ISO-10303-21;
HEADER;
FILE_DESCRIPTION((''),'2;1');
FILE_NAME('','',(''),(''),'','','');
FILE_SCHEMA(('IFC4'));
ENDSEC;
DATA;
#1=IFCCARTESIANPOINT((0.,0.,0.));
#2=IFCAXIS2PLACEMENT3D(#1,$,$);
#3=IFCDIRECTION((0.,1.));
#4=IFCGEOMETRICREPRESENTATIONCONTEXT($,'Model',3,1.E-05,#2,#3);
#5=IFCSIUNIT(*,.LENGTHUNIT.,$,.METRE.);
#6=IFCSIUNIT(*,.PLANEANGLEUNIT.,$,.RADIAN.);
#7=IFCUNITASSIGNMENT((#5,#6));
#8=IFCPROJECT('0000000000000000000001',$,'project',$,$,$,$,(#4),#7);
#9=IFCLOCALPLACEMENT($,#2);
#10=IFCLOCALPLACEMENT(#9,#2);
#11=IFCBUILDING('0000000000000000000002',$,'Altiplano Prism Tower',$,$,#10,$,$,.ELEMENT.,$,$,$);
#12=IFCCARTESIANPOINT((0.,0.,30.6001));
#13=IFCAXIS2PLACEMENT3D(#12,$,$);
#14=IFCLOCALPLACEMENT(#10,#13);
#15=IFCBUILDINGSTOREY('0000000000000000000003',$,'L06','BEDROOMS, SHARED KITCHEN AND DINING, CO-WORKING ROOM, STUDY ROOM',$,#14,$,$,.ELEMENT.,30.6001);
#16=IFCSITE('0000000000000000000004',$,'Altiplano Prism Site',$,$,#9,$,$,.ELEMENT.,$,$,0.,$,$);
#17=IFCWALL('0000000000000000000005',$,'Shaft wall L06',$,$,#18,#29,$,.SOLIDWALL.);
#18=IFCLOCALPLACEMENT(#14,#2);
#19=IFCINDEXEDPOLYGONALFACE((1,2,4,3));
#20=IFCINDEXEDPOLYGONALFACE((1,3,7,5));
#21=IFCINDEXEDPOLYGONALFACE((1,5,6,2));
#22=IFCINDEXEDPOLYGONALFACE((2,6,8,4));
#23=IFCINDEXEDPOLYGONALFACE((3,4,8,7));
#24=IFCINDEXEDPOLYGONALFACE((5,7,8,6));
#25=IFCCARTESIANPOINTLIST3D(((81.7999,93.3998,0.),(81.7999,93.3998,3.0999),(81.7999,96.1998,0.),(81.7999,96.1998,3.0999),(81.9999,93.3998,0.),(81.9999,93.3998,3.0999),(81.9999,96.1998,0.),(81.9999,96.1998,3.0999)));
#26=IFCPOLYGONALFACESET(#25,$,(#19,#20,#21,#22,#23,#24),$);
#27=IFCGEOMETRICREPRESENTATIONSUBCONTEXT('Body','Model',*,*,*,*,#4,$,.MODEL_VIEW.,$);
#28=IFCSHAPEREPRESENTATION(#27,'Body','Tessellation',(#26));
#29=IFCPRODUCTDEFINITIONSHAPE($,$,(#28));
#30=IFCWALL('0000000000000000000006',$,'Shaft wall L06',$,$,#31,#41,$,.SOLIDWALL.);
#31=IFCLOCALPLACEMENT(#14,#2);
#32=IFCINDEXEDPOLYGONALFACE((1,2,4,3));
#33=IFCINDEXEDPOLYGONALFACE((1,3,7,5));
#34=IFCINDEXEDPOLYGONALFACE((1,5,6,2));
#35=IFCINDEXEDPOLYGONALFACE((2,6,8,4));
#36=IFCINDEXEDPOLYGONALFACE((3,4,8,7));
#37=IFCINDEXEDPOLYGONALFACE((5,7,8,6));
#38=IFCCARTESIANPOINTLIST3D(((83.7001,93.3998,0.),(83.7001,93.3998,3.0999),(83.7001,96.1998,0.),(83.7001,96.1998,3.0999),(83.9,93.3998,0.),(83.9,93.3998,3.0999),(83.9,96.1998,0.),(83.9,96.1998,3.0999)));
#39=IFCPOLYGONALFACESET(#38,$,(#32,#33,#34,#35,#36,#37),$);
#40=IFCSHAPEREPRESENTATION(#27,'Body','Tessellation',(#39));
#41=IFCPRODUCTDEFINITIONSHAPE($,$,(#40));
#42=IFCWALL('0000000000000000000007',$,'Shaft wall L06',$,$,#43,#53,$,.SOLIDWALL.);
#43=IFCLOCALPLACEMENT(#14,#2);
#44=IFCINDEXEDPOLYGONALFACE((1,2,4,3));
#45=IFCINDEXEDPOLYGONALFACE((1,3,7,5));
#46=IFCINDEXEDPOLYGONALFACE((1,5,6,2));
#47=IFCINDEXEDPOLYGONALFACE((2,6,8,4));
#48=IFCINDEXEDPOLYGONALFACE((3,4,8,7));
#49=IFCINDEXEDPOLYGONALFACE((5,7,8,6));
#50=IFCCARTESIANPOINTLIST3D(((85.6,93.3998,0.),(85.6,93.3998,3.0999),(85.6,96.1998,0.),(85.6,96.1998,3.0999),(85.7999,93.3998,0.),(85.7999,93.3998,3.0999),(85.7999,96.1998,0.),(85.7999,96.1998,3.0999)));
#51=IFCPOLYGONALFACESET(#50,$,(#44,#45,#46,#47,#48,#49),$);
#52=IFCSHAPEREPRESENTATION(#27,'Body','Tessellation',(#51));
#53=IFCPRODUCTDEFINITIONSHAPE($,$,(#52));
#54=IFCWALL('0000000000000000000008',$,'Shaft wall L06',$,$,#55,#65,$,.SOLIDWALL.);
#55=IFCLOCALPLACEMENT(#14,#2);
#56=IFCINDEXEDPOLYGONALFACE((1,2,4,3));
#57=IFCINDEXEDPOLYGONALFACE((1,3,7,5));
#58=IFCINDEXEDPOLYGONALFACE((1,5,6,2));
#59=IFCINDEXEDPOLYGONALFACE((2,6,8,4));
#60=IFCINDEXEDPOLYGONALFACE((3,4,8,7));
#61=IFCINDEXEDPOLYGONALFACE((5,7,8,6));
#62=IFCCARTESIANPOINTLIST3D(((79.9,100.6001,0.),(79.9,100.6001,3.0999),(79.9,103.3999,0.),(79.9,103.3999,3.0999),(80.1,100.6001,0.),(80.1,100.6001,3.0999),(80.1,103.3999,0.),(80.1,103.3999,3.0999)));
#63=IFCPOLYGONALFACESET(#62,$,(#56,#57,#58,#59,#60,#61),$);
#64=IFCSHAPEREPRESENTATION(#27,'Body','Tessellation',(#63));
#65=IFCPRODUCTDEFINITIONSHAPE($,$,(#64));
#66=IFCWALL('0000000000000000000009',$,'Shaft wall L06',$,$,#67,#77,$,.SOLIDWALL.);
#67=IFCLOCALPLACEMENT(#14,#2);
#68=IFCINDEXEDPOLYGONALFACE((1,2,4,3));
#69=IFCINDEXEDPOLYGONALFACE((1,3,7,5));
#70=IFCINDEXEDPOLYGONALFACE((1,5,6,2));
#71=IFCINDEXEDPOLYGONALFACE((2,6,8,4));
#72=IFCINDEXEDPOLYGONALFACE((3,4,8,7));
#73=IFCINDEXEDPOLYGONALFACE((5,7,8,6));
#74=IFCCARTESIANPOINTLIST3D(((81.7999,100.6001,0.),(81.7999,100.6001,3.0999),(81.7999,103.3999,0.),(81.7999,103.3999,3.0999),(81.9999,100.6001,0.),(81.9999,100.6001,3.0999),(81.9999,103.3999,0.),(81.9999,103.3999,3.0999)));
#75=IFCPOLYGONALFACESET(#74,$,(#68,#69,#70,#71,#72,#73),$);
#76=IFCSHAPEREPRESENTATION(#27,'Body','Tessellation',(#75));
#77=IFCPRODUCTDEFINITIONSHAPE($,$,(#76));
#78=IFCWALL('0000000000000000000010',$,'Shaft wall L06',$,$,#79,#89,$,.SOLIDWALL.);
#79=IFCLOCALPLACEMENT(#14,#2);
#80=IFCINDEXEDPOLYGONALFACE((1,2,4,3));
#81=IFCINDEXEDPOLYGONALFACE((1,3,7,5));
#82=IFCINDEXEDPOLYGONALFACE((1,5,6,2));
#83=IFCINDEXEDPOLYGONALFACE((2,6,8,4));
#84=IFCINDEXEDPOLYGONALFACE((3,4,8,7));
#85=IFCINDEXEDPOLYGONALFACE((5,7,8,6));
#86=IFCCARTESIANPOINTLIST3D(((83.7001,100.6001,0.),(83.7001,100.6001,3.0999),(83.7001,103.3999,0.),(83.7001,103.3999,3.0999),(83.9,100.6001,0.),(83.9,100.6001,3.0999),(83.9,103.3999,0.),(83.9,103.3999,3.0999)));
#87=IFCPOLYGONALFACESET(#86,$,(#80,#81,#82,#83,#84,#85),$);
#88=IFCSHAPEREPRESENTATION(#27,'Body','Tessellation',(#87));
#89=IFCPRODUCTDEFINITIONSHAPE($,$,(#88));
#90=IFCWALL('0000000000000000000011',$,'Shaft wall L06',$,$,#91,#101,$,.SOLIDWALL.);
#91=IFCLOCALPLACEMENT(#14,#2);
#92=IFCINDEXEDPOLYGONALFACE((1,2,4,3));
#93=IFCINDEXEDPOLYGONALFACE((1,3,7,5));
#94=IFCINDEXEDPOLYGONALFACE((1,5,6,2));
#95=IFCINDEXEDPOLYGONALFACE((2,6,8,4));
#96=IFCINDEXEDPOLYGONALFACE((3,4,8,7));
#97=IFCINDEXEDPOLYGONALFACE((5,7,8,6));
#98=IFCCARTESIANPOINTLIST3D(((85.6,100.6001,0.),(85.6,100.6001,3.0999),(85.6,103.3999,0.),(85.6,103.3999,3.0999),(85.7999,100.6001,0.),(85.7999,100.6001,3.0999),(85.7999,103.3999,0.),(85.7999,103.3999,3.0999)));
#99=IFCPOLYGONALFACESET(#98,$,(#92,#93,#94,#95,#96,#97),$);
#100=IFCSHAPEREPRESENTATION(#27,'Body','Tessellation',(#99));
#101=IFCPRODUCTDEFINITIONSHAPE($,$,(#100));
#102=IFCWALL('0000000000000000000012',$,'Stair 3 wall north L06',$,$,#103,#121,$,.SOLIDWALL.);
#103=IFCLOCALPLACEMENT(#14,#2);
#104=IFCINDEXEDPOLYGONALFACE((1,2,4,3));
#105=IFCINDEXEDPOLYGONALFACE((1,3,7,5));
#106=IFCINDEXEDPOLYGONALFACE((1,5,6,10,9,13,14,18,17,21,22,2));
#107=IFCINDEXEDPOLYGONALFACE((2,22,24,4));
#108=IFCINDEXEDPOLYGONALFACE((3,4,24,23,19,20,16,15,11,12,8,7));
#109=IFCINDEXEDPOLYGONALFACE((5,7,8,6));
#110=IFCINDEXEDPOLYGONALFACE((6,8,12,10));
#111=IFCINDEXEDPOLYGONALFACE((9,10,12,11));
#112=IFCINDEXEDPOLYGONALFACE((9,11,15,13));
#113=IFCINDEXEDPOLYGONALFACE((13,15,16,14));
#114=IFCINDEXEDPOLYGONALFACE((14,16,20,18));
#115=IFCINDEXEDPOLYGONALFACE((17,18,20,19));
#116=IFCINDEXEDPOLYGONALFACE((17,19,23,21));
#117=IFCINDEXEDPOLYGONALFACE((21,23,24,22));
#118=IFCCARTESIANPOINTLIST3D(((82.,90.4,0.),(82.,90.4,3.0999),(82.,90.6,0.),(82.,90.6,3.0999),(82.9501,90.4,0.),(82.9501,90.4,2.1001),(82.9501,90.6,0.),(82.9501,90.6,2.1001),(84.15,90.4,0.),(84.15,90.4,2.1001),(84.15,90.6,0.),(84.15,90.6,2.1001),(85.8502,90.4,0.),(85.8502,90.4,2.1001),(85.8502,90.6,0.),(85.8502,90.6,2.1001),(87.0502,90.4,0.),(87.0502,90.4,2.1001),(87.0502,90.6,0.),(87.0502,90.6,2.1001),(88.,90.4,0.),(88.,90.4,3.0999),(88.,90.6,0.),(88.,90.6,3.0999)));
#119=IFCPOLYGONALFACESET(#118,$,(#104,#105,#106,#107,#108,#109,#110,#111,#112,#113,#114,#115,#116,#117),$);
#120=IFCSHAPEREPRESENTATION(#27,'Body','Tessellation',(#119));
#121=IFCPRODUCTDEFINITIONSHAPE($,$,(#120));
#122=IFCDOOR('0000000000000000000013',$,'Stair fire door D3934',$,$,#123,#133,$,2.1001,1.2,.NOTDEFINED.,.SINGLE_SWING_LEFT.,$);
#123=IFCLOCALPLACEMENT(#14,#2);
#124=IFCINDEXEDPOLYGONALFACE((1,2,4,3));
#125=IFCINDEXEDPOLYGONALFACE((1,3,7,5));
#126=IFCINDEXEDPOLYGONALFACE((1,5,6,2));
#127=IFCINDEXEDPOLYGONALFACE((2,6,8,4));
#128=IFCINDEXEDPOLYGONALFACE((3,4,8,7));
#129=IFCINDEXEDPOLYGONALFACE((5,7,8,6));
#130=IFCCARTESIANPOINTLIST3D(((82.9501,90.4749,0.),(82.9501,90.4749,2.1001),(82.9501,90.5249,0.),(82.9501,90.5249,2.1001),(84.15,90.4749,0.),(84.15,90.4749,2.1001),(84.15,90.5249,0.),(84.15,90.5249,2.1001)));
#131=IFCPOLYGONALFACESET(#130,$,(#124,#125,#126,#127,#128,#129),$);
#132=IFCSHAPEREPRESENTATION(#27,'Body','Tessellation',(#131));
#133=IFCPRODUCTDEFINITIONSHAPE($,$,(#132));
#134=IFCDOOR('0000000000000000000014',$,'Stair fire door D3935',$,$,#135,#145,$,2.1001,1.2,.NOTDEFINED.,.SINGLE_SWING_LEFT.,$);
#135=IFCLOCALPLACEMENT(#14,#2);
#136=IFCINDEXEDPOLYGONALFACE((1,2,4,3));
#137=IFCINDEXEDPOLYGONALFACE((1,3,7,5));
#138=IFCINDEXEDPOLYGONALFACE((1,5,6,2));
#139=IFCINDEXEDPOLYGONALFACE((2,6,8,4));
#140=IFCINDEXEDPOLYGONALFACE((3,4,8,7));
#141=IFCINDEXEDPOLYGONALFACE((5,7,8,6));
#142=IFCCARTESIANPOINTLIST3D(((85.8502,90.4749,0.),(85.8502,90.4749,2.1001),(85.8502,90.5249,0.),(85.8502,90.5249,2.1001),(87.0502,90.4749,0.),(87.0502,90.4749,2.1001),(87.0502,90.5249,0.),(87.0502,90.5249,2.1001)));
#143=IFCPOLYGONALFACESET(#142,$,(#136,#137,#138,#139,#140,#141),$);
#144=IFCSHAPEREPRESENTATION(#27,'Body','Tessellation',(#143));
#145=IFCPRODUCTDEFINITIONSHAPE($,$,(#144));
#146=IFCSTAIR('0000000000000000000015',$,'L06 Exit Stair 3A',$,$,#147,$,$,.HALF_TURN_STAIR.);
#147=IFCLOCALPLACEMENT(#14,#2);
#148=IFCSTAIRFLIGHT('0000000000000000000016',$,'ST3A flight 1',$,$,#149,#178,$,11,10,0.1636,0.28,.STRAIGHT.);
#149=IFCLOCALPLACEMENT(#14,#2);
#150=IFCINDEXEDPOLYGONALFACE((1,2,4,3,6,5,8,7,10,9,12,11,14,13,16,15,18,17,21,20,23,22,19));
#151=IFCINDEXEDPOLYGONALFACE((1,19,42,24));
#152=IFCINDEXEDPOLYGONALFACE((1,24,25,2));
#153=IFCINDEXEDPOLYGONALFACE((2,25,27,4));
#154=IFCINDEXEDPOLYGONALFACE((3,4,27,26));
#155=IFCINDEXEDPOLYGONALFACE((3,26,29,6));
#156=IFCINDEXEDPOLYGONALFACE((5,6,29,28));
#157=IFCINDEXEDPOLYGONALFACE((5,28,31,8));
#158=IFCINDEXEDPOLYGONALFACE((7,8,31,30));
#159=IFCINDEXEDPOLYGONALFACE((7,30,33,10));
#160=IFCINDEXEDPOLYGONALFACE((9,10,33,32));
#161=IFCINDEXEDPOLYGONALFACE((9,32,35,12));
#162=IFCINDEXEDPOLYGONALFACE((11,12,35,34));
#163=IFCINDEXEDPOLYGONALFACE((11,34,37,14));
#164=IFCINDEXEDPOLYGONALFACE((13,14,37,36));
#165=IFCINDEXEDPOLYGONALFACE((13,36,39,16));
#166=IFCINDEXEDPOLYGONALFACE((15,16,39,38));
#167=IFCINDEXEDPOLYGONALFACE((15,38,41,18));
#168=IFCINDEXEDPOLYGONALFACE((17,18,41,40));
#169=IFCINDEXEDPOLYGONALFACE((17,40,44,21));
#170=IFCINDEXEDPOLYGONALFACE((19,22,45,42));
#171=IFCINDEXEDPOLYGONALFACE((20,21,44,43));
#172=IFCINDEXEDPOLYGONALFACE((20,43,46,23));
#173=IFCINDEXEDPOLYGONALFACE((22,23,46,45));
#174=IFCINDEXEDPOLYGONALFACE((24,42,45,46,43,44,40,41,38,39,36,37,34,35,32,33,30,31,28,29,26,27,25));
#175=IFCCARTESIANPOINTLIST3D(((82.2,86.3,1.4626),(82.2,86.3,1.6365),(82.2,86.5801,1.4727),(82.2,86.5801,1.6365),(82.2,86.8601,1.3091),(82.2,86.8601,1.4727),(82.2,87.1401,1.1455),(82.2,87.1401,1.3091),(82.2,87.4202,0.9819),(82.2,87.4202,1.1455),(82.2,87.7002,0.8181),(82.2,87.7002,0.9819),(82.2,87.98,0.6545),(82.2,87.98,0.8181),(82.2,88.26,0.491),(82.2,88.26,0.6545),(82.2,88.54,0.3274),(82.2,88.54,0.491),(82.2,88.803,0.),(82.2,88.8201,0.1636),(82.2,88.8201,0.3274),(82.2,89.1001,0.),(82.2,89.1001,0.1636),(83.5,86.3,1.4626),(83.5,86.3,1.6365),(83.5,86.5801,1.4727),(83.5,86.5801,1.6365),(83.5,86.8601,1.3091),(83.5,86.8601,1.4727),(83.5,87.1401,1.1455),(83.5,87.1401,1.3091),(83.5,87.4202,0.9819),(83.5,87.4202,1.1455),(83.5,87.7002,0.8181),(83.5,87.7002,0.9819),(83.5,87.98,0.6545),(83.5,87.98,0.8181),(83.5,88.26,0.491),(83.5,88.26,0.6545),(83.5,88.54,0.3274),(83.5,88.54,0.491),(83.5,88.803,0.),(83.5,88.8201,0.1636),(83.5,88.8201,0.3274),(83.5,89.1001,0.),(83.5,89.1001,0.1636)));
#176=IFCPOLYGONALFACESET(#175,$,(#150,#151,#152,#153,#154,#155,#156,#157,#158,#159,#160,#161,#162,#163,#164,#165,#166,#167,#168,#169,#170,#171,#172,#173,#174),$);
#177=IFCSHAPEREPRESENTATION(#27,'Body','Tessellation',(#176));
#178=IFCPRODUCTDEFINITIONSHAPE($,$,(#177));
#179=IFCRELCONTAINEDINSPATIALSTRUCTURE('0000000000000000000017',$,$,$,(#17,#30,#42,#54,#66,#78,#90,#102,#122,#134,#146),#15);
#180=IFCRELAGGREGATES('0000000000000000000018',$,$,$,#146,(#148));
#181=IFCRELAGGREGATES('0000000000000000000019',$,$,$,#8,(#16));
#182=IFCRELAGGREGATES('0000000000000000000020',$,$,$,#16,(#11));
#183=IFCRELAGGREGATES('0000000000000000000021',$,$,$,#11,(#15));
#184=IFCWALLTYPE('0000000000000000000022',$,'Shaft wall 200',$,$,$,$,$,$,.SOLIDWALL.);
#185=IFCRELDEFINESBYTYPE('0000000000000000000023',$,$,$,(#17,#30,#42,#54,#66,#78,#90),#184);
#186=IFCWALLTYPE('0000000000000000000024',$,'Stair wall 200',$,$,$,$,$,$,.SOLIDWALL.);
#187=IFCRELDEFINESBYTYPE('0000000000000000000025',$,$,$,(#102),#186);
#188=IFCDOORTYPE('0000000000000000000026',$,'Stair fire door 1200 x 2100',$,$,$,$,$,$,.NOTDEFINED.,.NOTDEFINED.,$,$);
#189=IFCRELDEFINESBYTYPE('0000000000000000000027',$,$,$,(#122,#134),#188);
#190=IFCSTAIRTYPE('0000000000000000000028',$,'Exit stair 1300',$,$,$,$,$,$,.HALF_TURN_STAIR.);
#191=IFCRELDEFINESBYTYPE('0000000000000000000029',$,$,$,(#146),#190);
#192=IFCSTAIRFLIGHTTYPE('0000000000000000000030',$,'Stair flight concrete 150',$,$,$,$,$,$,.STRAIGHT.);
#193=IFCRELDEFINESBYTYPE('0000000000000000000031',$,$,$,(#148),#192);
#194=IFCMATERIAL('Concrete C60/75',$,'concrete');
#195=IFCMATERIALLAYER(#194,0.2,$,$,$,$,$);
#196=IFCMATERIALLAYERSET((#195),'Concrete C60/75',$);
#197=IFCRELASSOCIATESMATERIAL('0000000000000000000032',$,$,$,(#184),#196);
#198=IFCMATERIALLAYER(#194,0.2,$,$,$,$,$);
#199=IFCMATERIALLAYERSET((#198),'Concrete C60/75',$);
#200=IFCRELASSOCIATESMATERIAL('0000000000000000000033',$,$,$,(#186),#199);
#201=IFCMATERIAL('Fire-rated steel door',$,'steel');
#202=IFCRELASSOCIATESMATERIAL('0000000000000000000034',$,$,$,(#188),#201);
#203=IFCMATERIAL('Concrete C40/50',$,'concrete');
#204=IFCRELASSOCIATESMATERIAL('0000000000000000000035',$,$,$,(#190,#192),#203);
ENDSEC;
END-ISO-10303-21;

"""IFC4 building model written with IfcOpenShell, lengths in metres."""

from ifc_helpers import new_model, si_unit, direction, frame, frame_2d, origin, place, context, subcontext, project, spatial, polyline, rectangle, outline, extrude, material, layer, layer_set, type_object, element, fill, aggregate, save


model = new_model("IFC4")

# Units and contexts
model_context = context("Model", 3, precision=1e-05, world=origin(), true_north=direction((0.0, 1.0)))
body_context = subcontext(model_context, "Body", "Model", "MODEL_VIEW")
ifc_project = project(units=[si_unit("LENGTHUNIT", "METRE"), si_unit("PLANEANGLEUNIT", "RADIAN")], contexts=[model_context])

# Site, building, storey
site_placement = place(None, origin())
site = spatial("IfcSite", under=ifc_project, at=site_placement, Name="Altiplano Prism Site", CompositionType="ELEMENT", RefElevation=0.0)
building_placement = place(site_placement, origin())
building = spatial("IfcBuilding", under=site, at=building_placement, Name="Altiplano Prism Tower", CompositionType="ELEMENT")
storey_placement = place(building_placement, frame((0.0, 0.0, 30.6001)))
storey = spatial("IfcBuildingStorey", under=building, at=storey_placement, Name="L06", Description="BEDROOMS, SHARED KITCHEN AND DINING, CO-WORKING ROOM, STUDY ROOM", CompositionType="ELEMENT", Elevation=30.6001)

# Walls
ifc_material_1 = material(Name="Concrete C60/75", Category="concrete")
ifc_layer_1 = layer(ifc_material_1, 0.2)
ifc_layer_set_1 = layer_set([ifc_layer_1], Name="Concrete C60/75")
wall_type_1 = type_object("IfcWallType", Name="Shaft wall 200", PredefinedType="SOLIDWALL", material=ifc_layer_set_1)
for number, where, z_axis, x_axis, name in (
    (1, (81.8999, 93.3999, 0.0), (0.0, 0.0, 1.0), (0.0, 1.0, 0.0), "Shaft wall L06"),
    (2, (83.8, 93.3999, 0.0), (0.0, 0.0, 1.0), (0.0, 1.0, 0.0), "Shaft wall L06"),
    (3, (85.7, 93.3999, 0.0), (0.0, 0.0, 1.0), (0.0, 1.0, 0.0), "Shaft wall L06"),
):
    element("IfcWall", number, at=place(storey_placement, frame(where, z_axis=z_axis, x_axis=x_axis)), inside=storey, type_object=wall_type_1, Name=name, PredefinedType="SOLIDWALL", context=body_context, shape_type="SweptSolid", body=[
        extrude(rectangle(XDim=2.8, YDim=0.2, at=frame_2d((1.3999, 0.0))), origin(), (0.0, 0.0, 1.0), 3.0999),
    ])
for number, where, z_axis, x_axis, name in (
    (4, (80.0, 100.6001, 0.0), (0.0, 0.0, 1.0), (0.0, 1.0, 0.0), "Shaft wall L06"),
    (5, (81.8999, 100.6001, 0.0), (0.0, 0.0, 1.0), (0.0, 1.0, 0.0), "Shaft wall L06"),
    (6, (83.8, 100.6001, 0.0), (0.0, 0.0, 1.0), (0.0, 1.0, 0.0), "Shaft wall L06"),
    (7, (85.7, 100.6001, 0.0), (0.0, 0.0, 1.0), (0.0, 1.0, 0.0), "Shaft wall L06"),
):
    element("IfcWall", number, at=place(storey_placement, frame(where, z_axis=z_axis, x_axis=x_axis)), inside=storey, type_object=wall_type_1, Name=name, PredefinedType="SOLIDWALL", context=body_context, shape_type="SweptSolid", body=[
        extrude(rectangle(XDim=2.7998, YDim=0.2, at=frame_2d((1.3999, 0.0))), origin(), (0.0, 0.0, 1.0), 3.0999),
    ])

# Wall, openings, doors
ifc_layer_2 = layer(ifc_material_1, 0.2)
ifc_layer_set_2 = layer_set([ifc_layer_2], Name="Concrete C60/75")
wall_type_2 = type_object("IfcWallType", Name="Stair wall 200", PredefinedType="SOLIDWALL", material=ifc_layer_set_2)
wall_placement = place(storey_placement, frame((82.0, 90.5, 0.0), z_axis=(0.0, 0.0, 1.0), x_axis=(1.0, 0.0, 0.0)))
wall = element("IfcWall", 8, at=wall_placement, inside=storey, type_object=wall_type_2, Name="Stair 3 wall north L06", PredefinedType="SOLIDWALL", context=body_context, shape_type="SweptSolid", body=[
    extrude(rectangle(XDim=6.0, YDim=0.2, at=frame_2d((3.0, 0.0))), origin(), (0.0, 0.0, 1.0), 3.0999),
])
opening_1_placement = place(wall_placement, frame((0.95, 0.0, 0.0)))
opening_1 = element("IfcOpeningElement", 9, at=opening_1_placement, cuts=wall, PredefinedType="OPENING", context=body_context, shape_type="SweptSolid", body=[
    extrude(rectangle(XDim=1.2, YDim=2.1001, at=frame_2d((0.6001, 1.05))), frame((0.0, 0.1104, 0.0), z_axis=(0.0, -1.0, 0.0), x_axis=(1.0, 0.0, 0.0)), (0.0, 0.0, 1.0), 0.2209),
])
opening_2_placement = place(wall_placement, frame((3.8501, 0.0, 0.0)))
opening_2 = element("IfcOpeningElement", 10, at=opening_2_placement, cuts=wall, PredefinedType="OPENING", context=body_context, shape_type="SweptSolid", body=[
    extrude(rectangle(XDim=1.2, YDim=2.1001, at=frame_2d((0.6001, 1.05))), frame((0.0, 0.1104, 0.0), z_axis=(0.0, -1.0, 0.0), x_axis=(1.0, 0.0, 0.0)), (0.0, 0.0, 1.0), 0.2209),
])
ifc_material_2 = material(Name="Fire-rated steel door", Category="steel")
door_type = type_object("IfcDoorType", Name="Stair fire door 1200 x 2100", OperationType="NOTDEFINED", PredefinedType="NOTDEFINED", material=ifc_material_2)
door_1_placement = place(opening_1_placement, origin())
door_1 = element("IfcDoor", 11, at=door_1_placement, inside=storey, type_object=door_type, Name="Stair fire door D3934", OperationType="SINGLE_SWING_LEFT", OverallHeight=2.1001, OverallWidth=1.2, PredefinedType="NOTDEFINED", context=body_context, shape_type="SweptSolid", body=[
    extrude(rectangle(XDim=1.2, YDim=2.1001, at=frame_2d((0.6001, 1.05))), frame((0.0, 0.0249, 0.0), z_axis=(0.0, -1.0, 0.0), x_axis=(1.0, 0.0, 0.0)), (0.0, 0.0, 1.0), 0.05),
])
fill(opening_1, door_1)
door_2_placement = place(opening_2_placement, origin())
door_2 = element("IfcDoor", 12, at=door_2_placement, inside=storey, type_object=door_type, Name="Stair fire door D3935", OperationType="SINGLE_SWING_LEFT", OverallHeight=2.1001, OverallWidth=1.2, PredefinedType="NOTDEFINED", context=body_context, shape_type="SweptSolid", body=[
    extrude(rectangle(XDim=1.2, YDim=2.1001, at=frame_2d((0.6001, 1.05))), frame((0.0, 0.0249, 0.0), z_axis=(0.0, -1.0, 0.0), x_axis=(1.0, 0.0, 0.0)), (0.0, 0.0, 1.0), 0.05),
])
fill(opening_2, door_2)

# Stair, stair flight
ifc_material_3 = material(Name="Concrete C40/50", Category="concrete")
stair_type = type_object("IfcStairType", Name="Exit stair 1300", PredefinedType="HALF_TURN_STAIR", material=ifc_material_3)
stair_1_placement = place(storey_placement, origin())
stair_1 = element("IfcStair", 13, at=stair_1_placement, inside=storey, type_object=stair_type, Name="L06 Exit Stair 3A", PredefinedType="HALF_TURN_STAIR")
stair_flight_type = type_object("IfcStairFlightType", Name="Stair flight concrete 150", PredefinedType="STRAIGHT", material=ifc_material_3)
stair_flight_1_placement = place(storey_placement, frame((82.8501, 89.1001, 0.0), z_axis=(0.0, 0.0, 1.0), x_axis=(0.0, -1.0, 0.0)))
stair_flight_1 = element("IfcStairFlight", 14, at=stair_flight_1_placement, type_object=stair_flight_type, Name="ST3A flight 1", NumberOfRisers=11, NumberOfTreads=10, PredefinedType="STRAIGHT", RiserHeight=0.1636, TreadLength=0.28, context=body_context, shape_type="SweptSolid", body=[
    extrude(outline(polyline([(0.0, 0.0), (0.0, 0.1636), (0.28, 0.1636), (0.28, 0.3274), (0.5601, 0.3274), (0.5601, 0.491), (0.8401, 0.491), (0.8401, 0.6545), (1.1201, 0.6545), (1.1201, 0.8181), (1.3999, 0.8181), (1.3999, 0.9819), (1.6799, 0.9819), (1.6799, 1.1455), (1.96, 1.1455), (1.96, 1.3091), (2.24, 1.3091), (2.24, 1.4727), (2.52, 1.4727), (2.52, 1.6365), (2.8, 1.6365), (2.8, 1.8), (2.8, 1.4626), (0.2971, 0.0), (0.0, 0.0)])), frame((0.0, 0.6499, 0.0), z_axis=(0.0, -1.0, 0.0), x_axis=(1.0, 0.0, 0.0)), (0.0, 0.0, 1.0), 1.3),
])
aggregate(stair_1, [stair_flight_1])

save(model, "model.ifc")
